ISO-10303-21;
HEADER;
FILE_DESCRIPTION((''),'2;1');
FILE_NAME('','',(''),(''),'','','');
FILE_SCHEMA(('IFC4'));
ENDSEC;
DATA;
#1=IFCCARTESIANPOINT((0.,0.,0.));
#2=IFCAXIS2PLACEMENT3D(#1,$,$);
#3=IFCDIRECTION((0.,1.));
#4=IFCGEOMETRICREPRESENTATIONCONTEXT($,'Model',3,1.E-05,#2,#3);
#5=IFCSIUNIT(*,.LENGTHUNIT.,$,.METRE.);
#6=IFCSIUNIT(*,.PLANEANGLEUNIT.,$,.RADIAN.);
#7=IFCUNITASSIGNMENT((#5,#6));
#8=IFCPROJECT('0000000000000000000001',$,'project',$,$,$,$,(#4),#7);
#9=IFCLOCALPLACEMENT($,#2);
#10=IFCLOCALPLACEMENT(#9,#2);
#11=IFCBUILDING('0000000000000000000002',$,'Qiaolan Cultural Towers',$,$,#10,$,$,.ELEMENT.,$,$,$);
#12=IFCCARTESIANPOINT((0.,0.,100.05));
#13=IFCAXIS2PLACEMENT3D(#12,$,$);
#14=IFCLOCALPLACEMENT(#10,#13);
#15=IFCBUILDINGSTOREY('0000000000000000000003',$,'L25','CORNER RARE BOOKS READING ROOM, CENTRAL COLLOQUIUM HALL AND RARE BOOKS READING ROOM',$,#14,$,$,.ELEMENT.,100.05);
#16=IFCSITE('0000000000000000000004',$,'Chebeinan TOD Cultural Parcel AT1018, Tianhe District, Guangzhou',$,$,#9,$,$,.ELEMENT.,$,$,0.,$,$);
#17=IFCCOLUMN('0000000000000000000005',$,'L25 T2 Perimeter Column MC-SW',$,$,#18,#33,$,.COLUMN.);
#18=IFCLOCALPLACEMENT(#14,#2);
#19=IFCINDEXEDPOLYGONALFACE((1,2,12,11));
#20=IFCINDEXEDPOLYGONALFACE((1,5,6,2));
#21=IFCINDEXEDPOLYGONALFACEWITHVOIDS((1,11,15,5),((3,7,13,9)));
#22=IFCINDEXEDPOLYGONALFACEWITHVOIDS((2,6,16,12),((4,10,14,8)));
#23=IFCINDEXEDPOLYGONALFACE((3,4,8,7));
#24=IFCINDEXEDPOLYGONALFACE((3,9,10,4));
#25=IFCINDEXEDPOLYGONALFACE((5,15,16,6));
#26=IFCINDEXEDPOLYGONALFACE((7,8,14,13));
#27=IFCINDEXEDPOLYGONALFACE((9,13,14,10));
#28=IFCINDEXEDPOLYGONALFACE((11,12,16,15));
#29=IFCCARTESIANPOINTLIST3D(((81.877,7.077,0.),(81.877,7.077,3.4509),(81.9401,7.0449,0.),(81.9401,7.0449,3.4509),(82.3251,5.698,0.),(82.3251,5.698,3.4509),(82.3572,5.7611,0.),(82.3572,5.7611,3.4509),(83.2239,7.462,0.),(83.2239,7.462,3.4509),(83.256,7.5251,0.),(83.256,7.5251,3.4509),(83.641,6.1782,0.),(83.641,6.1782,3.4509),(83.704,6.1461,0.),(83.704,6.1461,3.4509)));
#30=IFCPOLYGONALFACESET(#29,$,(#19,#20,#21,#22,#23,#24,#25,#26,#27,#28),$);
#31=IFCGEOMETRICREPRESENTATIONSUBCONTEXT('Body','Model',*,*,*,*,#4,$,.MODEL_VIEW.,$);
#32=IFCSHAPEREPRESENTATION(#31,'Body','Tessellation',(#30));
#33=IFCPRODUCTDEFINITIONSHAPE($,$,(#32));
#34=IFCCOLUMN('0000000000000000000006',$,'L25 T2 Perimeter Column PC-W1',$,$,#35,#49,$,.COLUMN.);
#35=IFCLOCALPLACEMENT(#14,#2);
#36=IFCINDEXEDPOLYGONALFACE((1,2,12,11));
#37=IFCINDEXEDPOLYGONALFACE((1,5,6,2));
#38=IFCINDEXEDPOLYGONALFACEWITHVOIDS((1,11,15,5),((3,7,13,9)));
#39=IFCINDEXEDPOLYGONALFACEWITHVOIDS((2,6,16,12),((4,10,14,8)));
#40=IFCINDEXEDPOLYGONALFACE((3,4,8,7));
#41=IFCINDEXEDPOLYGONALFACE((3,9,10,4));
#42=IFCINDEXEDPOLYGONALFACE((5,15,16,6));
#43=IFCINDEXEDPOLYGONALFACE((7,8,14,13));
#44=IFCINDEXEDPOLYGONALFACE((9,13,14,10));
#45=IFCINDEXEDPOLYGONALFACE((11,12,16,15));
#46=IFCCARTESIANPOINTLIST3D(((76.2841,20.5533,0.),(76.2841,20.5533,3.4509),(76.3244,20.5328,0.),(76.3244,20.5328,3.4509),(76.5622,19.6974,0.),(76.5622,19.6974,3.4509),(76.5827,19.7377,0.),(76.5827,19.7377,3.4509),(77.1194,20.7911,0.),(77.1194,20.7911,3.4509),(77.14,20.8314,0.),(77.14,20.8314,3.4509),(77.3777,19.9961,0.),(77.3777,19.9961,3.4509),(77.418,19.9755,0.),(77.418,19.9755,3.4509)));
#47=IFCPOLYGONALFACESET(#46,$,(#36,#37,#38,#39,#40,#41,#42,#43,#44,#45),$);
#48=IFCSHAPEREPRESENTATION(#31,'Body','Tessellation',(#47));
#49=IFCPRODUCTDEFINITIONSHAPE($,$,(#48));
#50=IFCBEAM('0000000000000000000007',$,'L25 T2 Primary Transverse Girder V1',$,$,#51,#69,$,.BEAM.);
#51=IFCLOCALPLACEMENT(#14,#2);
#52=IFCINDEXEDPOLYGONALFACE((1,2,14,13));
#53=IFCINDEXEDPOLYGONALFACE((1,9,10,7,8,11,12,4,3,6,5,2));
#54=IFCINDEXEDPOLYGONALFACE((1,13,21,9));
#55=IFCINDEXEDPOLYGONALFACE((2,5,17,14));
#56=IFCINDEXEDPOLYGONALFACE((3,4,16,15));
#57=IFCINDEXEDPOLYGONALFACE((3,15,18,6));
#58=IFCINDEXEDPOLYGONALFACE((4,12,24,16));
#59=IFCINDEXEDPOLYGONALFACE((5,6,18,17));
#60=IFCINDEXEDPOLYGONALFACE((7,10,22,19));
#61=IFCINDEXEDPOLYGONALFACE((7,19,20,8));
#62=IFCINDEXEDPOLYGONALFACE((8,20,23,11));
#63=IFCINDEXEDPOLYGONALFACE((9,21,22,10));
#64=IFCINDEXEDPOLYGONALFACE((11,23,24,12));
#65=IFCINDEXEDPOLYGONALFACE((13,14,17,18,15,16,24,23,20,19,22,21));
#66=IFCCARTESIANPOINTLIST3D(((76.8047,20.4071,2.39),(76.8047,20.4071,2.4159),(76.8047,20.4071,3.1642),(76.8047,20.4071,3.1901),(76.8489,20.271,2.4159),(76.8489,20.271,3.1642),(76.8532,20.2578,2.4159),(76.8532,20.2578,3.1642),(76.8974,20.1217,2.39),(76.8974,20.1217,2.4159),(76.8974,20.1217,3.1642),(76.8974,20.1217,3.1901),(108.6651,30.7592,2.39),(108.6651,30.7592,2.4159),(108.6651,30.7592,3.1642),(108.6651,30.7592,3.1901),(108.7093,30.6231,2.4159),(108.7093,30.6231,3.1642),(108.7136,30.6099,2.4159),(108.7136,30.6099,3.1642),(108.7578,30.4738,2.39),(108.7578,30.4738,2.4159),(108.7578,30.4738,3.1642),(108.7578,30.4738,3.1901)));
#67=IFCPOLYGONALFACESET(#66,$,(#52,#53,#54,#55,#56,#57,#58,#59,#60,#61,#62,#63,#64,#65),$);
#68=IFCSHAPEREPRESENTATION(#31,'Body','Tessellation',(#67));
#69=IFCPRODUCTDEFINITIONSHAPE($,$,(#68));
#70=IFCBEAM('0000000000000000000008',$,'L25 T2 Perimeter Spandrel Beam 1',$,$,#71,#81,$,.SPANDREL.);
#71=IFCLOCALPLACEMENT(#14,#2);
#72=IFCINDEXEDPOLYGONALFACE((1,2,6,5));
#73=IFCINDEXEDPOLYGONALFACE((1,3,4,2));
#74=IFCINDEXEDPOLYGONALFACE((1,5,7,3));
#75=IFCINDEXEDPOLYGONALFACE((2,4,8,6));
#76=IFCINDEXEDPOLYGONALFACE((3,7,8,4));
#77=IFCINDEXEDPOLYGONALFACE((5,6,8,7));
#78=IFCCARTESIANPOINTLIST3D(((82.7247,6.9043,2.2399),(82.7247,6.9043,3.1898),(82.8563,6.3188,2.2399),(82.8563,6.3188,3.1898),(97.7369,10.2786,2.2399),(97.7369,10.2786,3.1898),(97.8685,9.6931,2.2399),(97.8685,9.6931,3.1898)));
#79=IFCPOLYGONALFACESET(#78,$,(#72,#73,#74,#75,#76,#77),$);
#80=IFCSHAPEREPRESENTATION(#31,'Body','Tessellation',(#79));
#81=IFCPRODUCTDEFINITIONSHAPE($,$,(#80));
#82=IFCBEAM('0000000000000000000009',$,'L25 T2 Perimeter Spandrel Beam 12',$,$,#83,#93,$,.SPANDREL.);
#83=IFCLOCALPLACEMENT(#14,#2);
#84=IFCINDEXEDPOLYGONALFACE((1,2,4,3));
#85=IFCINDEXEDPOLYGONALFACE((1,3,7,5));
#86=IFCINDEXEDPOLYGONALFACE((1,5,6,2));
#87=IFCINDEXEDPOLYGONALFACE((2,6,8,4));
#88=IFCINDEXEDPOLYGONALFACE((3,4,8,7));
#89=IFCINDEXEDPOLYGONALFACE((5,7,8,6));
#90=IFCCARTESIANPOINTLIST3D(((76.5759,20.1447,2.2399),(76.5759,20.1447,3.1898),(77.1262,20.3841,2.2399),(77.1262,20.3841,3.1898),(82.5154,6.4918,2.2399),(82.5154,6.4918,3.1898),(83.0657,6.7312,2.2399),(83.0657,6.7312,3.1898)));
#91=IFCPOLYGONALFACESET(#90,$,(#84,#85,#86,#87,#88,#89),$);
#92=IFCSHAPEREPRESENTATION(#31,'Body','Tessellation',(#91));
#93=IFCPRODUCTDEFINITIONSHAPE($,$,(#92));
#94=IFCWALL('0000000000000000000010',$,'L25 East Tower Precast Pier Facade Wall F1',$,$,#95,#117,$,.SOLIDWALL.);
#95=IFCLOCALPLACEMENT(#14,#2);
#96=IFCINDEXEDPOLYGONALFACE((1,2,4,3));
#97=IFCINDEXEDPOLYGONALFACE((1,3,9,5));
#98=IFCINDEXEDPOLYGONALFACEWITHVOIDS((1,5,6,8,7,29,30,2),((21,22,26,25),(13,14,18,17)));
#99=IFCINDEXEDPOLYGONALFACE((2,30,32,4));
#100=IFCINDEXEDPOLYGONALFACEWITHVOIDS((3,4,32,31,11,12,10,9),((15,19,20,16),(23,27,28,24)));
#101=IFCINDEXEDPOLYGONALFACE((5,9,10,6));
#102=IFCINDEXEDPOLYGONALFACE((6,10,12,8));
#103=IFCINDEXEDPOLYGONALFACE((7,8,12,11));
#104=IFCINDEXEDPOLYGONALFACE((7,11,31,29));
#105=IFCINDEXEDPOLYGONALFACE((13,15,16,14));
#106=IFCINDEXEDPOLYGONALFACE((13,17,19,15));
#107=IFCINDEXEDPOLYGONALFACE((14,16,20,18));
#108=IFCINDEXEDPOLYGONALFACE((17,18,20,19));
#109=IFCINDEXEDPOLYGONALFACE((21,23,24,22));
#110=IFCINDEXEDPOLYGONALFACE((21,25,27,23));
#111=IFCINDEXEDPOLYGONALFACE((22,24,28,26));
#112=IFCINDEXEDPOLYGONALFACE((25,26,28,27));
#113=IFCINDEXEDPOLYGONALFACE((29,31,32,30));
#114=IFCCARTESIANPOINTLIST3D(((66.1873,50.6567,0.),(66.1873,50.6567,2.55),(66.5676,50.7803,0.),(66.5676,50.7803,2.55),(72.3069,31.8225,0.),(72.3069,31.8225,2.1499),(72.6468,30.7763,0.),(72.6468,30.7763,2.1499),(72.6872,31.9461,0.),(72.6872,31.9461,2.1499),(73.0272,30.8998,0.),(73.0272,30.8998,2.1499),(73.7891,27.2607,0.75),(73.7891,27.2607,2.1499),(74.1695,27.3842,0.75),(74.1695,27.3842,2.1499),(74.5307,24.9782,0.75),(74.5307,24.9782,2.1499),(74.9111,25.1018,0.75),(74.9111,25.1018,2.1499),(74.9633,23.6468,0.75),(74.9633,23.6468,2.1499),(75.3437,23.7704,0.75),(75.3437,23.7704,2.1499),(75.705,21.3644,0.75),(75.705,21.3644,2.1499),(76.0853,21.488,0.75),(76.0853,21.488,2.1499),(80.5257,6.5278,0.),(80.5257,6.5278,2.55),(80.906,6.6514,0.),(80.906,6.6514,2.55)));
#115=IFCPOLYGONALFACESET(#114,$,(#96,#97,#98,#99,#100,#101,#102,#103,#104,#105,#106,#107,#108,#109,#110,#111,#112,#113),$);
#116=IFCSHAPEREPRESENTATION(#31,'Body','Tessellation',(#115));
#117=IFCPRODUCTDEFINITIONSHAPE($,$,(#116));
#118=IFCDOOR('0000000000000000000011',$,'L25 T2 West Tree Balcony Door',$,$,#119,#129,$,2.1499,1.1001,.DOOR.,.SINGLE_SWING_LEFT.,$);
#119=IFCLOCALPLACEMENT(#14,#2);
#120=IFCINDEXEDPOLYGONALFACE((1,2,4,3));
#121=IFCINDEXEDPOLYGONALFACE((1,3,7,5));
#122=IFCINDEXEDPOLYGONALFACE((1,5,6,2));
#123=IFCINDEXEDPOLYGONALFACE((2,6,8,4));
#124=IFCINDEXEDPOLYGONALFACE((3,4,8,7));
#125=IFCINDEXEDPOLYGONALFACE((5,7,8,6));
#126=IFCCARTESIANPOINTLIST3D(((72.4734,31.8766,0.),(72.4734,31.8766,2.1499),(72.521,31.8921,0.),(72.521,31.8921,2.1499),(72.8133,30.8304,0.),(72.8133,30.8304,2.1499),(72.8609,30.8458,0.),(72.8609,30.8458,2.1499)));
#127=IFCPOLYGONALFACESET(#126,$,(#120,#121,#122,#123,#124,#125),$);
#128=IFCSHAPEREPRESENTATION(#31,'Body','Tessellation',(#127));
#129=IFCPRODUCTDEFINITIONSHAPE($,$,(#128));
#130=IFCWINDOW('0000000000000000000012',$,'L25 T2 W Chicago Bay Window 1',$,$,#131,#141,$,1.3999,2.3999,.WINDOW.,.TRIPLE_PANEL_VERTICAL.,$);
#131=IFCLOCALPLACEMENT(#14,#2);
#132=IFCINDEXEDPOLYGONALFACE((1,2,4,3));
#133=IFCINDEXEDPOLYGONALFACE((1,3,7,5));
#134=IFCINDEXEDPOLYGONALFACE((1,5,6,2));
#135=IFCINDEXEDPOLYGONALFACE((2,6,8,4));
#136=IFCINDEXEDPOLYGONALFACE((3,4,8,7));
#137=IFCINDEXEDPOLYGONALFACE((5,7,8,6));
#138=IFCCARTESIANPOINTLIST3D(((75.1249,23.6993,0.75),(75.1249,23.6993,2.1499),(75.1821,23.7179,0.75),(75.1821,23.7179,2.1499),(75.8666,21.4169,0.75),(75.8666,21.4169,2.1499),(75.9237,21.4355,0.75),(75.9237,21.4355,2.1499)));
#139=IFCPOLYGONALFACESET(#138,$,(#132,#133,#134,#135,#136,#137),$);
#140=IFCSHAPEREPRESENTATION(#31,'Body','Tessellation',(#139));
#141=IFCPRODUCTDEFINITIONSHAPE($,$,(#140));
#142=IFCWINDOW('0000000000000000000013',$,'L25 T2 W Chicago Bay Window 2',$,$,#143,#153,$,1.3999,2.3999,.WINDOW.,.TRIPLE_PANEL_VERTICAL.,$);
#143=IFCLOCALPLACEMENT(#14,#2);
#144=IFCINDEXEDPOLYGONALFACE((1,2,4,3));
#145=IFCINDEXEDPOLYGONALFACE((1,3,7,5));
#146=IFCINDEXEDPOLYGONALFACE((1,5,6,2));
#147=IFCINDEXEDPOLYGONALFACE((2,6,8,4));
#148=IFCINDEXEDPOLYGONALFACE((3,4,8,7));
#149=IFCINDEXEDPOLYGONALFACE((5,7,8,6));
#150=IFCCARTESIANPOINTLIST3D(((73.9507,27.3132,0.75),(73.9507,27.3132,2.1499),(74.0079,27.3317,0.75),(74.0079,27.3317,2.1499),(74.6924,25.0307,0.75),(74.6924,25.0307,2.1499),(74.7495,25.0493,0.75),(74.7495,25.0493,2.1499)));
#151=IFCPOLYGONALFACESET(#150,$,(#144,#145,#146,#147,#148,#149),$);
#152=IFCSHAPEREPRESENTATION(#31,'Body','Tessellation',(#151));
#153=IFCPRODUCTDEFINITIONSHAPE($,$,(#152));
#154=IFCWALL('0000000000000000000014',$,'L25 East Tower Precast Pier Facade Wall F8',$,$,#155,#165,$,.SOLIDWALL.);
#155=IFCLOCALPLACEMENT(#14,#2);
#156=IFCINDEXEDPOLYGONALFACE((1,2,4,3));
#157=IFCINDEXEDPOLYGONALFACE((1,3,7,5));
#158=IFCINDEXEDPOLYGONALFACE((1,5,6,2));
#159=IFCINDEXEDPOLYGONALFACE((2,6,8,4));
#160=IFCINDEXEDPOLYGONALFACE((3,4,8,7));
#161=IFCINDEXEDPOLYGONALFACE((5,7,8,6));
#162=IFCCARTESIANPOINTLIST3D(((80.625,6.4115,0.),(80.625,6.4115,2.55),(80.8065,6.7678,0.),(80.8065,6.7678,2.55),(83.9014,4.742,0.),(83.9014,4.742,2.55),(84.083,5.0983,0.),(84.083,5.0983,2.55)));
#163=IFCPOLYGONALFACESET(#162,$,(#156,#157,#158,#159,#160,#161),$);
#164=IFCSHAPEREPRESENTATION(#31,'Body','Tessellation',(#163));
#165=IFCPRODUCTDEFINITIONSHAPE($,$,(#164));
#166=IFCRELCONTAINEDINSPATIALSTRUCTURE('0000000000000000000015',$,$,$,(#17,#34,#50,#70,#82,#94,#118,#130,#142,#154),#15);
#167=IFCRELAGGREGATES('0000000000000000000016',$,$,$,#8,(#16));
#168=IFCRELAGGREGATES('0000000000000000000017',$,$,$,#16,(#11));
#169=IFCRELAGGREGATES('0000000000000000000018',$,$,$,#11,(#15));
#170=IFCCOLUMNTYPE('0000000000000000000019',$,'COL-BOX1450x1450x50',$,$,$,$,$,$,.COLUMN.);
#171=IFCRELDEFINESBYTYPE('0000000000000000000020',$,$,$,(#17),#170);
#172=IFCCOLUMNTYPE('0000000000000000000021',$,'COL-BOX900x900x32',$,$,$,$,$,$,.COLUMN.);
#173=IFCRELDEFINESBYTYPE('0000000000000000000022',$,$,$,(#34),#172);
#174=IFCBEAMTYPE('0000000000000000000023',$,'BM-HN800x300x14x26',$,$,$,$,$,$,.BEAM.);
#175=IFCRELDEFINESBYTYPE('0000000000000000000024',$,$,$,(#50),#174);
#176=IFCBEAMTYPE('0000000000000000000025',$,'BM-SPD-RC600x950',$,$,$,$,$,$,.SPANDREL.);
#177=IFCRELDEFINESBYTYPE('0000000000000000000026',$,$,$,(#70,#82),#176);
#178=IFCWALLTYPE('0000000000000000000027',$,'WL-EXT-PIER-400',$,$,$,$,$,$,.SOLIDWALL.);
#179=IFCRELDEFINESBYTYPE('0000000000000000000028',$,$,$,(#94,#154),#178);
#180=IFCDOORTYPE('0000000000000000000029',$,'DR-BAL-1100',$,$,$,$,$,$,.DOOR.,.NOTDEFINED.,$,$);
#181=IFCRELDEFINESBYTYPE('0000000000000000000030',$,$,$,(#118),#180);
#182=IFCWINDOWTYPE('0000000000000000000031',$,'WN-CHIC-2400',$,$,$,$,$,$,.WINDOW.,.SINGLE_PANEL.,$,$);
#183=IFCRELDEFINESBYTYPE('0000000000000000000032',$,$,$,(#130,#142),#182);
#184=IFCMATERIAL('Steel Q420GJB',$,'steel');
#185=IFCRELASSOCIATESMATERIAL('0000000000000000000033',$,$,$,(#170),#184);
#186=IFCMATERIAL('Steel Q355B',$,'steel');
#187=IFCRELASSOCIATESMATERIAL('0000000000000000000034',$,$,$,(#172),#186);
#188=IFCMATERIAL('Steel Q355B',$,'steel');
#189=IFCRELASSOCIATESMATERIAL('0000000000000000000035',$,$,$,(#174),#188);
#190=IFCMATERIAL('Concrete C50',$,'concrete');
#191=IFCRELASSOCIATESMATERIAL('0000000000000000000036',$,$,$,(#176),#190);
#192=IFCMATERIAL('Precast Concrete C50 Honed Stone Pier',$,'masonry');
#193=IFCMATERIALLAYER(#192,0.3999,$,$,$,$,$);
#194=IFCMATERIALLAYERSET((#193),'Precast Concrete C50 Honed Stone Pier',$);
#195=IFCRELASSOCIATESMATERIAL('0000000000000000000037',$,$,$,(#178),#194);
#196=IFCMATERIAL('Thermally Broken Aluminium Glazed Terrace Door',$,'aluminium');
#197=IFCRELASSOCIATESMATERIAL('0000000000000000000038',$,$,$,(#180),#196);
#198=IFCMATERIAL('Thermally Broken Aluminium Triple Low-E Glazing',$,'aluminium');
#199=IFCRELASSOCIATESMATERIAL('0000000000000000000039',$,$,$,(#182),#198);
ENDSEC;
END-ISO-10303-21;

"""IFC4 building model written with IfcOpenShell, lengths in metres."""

from ifc_helpers import new_model, si_unit, direction, frame, frame_2d, origin, origin_2d, place, context, subcontext, project, spatial, rectangle, hollow_rectangle, i_section, extrude, material, layer, layer_set, material_profile, profile_set, type_object, element, fill, save


model = new_model("IFC4")

# Units and contexts
model_context = context("Model", 3, precision=1e-05, world=origin(), true_north=direction((0.0, 1.0)))
body_context = subcontext(model_context, "Body", "Model", "MODEL_VIEW")
ifc_project = project(units=[si_unit("LENGTHUNIT", "METRE"), si_unit("PLANEANGLEUNIT", "RADIAN")], contexts=[model_context])

# Site, building, storey
site_placement = place(None, origin())
site = spatial("IfcSite", under=ifc_project, at=site_placement, Name="Chebeinan TOD Cultural Parcel AT1018, Tianhe District, Guangzhou", CompositionType="ELEMENT", RefElevation=0.0)
building_placement = place(site_placement, origin())
building = spatial("IfcBuilding", under=site, at=building_placement, Name="Qiaolan Cultural Towers", CompositionType="ELEMENT")
storey_placement = place(building_placement, frame((0.0, 0.0, 100.05)))
storey = spatial("IfcBuildingStorey", under=building, at=storey_placement, Name="L25", Description="CORNER RARE BOOKS READING ROOM, CENTRAL COLLOQUIUM HALL AND RARE BOOKS READING ROOM", CompositionType="ELEMENT", Elevation=100.05)

# Columns
ifc_material_1 = material(Name="Steel Q420GJB", Category="steel")
ifc_material_profile_1 = material_profile(ifc_material_1, hollow_rectangle(XDim=1.45, YDim=1.45, WallThickness=0.05, at=origin_2d()), Name="BOX1450x1450x50")
ifc_profile_set_1 = profile_set([ifc_material_profile_1], Name="Steel Q420GJB")
column_type_1 = type_object("IfcColumnType", Name="COL-BOX1450x1450x50", PredefinedType="COLUMN", material=ifc_profile_set_1)
column_1_placement = place(storey_placement, frame((82.7905, 6.6116, 0.0), z_axis=(0.0, 0.0, 1.0), x_axis=(0.951057, 0.309017, 0.0)))
element("IfcColumn", 1, at=column_1_placement, inside=storey, type_object=column_type_1, Name="L25 T2 Perimeter Column MC-SW", PredefinedType="COLUMN", context=body_context, shape_type="SweptSolid", body=[
    extrude(hollow_rectangle(XDim=1.45, YDim=1.45, WallThickness=0.05, at=origin_2d()), origin(), (0.0, 0.0, 1.0), 3.4509),
])
ifc_material_2 = material(Name="Steel Q355B", Category="steel")
ifc_material_profile_2 = material_profile(ifc_material_2, hollow_rectangle(XDim=0.8999, YDim=0.8999, WallThickness=0.032, at=origin_2d()), Name="BOX900x900x32")
ifc_profile_set_2 = profile_set([ifc_material_profile_2], Name="Steel Q355B")
column_type_2 = type_object("IfcColumnType", Name="COL-BOX900x900x32", PredefinedType="COLUMN", material=ifc_profile_set_2)
column_2_placement = place(storey_placement, frame((76.8511, 20.2644, 0.0), z_axis=(0.0, 0.0, 1.0), x_axis=(0.951057, 0.309017, 0.0)))
element("IfcColumn", 2, at=column_2_placement, inside=storey, type_object=column_type_2, Name="L25 T2 Perimeter Column PC-W1", PredefinedType="COLUMN", context=body_context, shape_type="SweptSolid", body=[
    extrude(hollow_rectangle(XDim=0.8999, YDim=0.8999, WallThickness=0.032, at=origin_2d()), origin(), (0.0, 0.0, 1.0), 3.4509),
])

# Beams
ifc_material_3 = material(Name="Steel Q355B", Category="steel")
ifc_material_profile_3 = material_profile(ifc_material_3, i_section(OverallWidth=0.3, OverallDepth=0.8, WebThickness=0.0139, FlangeThickness=0.0259, at=origin_2d()), Name="HN800x300x14x26")
ifc_profile_set_3 = profile_set([ifc_material_profile_3], Name="Steel Q355B")
beam_type_1 = type_object("IfcBeamType", Name="BM-HN800x300x14x26", PredefinedType="BEAM", material=ifc_profile_set_3)
beam_1_placement = place(storey_placement, frame((76.8511, 20.2644, 2.79), z_axis=(0.951057, 0.309017, 0.0), x_axis=(-0.309017, 0.951057, 0.0)))
element("IfcBeam", 3, at=beam_1_placement, inside=storey, type_object=beam_type_1, Name="L25 T2 Primary Transverse Girder V1", PredefinedType="BEAM", context=body_context, shape_type="SweptSolid", body=[
    extrude(i_section(OverallWidth=0.3, OverallDepth=0.8, WebThickness=0.0139, FlangeThickness=0.0259, at=origin_2d()), origin(), (0.0, 0.0, 1.0), 33.5),
])
ifc_material_4 = material(Name="Concrete C50", Category="concrete")
ifc_material_profile_4 = material_profile(ifc_material_4, rectangle(XDim=0.6001, YDim=0.95, at=origin_2d()), Name="RC600x950")
ifc_profile_set_4 = profile_set([ifc_material_profile_4], Name="Concrete C50")
beam_type_2 = type_object("IfcBeamType", Name="BM-SPD-RC600x950", PredefinedType="SPANDREL", material=ifc_profile_set_4)
beam_2_placement = place(storey_placement, frame((82.7905, 6.6116, 2.7148), z_axis=(0.975658, 0.219297, 0.0), x_axis=(-0.219297, 0.975658, 0.0)))
element("IfcBeam", 4, at=beam_2_placement, inside=storey, type_object=beam_type_2, Name="L25 T2 Perimeter Spandrel Beam 1", PredefinedType="SPANDREL", context=body_context, shape_type="SweptSolid", body=[
    extrude(rectangle(XDim=0.6001, YDim=0.95, at=origin_2d()), origin(), (0.0, 0.0, 1.0), 15.3867),
])
beam_3_placement = place(storey_placement, frame((76.8511, 20.2644, 2.7148), z_axis=(0.39892, -0.916986, 0.0), x_axis=(0.916986, 0.39892, 0.0)))
element("IfcBeam", 5, at=beam_3_placement, inside=storey, type_object=beam_type_2, Name="L25 T2 Perimeter Spandrel Beam 12", PredefinedType="SPANDREL", context=body_context, shape_type="SweptSolid", body=[
    extrude(rectangle(XDim=0.6001, YDim=0.95, at=origin_2d()), origin(), (0.0, 0.0, 1.0), 14.8889),
])

# Wall, openings, door, windows
ifc_material_5 = material(Name="Precast Concrete C50 Honed Stone Pier", Category="masonry")
ifc_layer_1 = layer(ifc_material_5, 0.3999)
ifc_layer_set_1 = layer_set([ifc_layer_1], Name="Precast Concrete C50 Honed Stone Pier")
wall_type_1 = type_object("IfcWallType", Name="WL-EXT-PIER-400", PredefinedType="SOLIDWALL", material=ifc_layer_set_1)
wall_1_placement = place(storey_placement, frame((80.7158, 6.5896, 0.0), z_axis=(0.0, 0.0, 1.0), x_axis=(-0.309018, 0.951056, 0.0)))
wall_1 = element("IfcWall", 6, at=wall_1_placement, inside=storey, type_object=wall_type_1, Name="L25 East Tower Precast Pier Facade Wall F1", PredefinedType="SOLIDWALL", context=body_context, shape_type="SweptSolid", body=[
    extrude(rectangle(XDim=46.3999, YDim=0.3999, at=frame_2d((23.2, 0.0))), origin(), (0.0, 0.0, 1.0), 2.55),
])
opening_1_placement = place(wall_1_placement, frame((15.6001, 0.0, 0.75)))
opening_1 = element("IfcOpeningElement", 7, at=opening_1_placement, cuts=wall_1, PredefinedType="OPENING", context=body_context, shape_type="SweptSolid", body=[
    extrude(rectangle(XDim=2.3999, YDim=1.3999, at=frame_2d((1.2, 0.7))), frame((0.0, 0.21, 0.0), z_axis=(0.0, -1.0, 0.0), x_axis=(1.0, 0.0, 0.0)), (0.0, 0.0, 1.0), 0.4199),
])
opening_2_placement = place(wall_1_placement, frame((19.3999, 0.0, 0.75)))
opening_2 = element("IfcOpeningElement", 8, at=opening_2_placement, cuts=wall_1, PredefinedType="OPENING", context=body_context, shape_type="SweptSolid", body=[
    extrude(rectangle(XDim=2.3999, YDim=1.3999, at=frame_2d((1.2, 0.7))), frame((0.0, 0.21, 0.0), z_axis=(0.0, -1.0, 0.0), x_axis=(1.0, 0.0, 0.0)), (0.0, 0.0, 1.0), 0.4199),
])
opening_3_placement = place(wall_1_placement, frame((25.4963, 0.0, 0.0)))
opening_3 = element("IfcOpeningElement", 9, at=opening_3_placement, cuts=wall_1, PredefinedType="OPENING", context=body_context, shape_type="SweptSolid", body=[
    extrude(rectangle(XDim=1.1001, YDim=2.1499, at=frame_2d((0.55, 1.075))), frame((0.0, 0.21, 0.0), z_axis=(0.0, -1.0, 0.0), x_axis=(1.0, 0.0, 0.0)), (0.0, 0.0, 1.0), 0.4199),
])
ifc_material_6 = material(Name="Thermally Broken Aluminium Glazed Terrace Door", Category="aluminium")
door_type_1 = type_object("IfcDoorType", Name="DR-BAL-1100", OperationType="NOTDEFINED", PredefinedType="DOOR", material=ifc_material_6)
door_1_placement = place(opening_3_placement, origin())
door_1 = element("IfcDoor", 10, at=door_1_placement, inside=storey, type_object=door_type_1, Name="L25 T2 West Tree Balcony Door", OperationType="SINGLE_SWING_LEFT", OverallHeight=2.1499, OverallWidth=1.1001, PredefinedType="DOOR", context=body_context, shape_type="SweptSolid", body=[
    extrude(rectangle(XDim=1.1001, YDim=2.1499, at=frame_2d((0.55, 1.075))), frame((0.0, 0.0249, 0.0), z_axis=(0.0, -1.0, 0.0), x_axis=(1.0, 0.0, 0.0)), (0.0, 0.0, 1.0), 0.05),
])
fill(opening_3, door_1)
ifc_material_7 = material(Name="Thermally Broken Aluminium Triple Low-E Glazing", Category="aluminium")
window_type = type_object("IfcWindowType", Name="WN-CHIC-2400", PartitioningType="SINGLE_PANEL", PredefinedType="WINDOW", material=ifc_material_7)
window_1_placement = place(opening_1_placement, origin())
window_1 = element("IfcWindow", 11, at=window_1_placement, inside=storey, type_object=window_type, Name="L25 T2 W Chicago Bay Window 1", OverallHeight=1.3999, OverallWidth=2.3999, PartitioningType="TRIPLE_PANEL_VERTICAL", PredefinedType="WINDOW", context=body_context, shape_type="SweptSolid", body=[
    extrude(rectangle(XDim=2.3999, YDim=1.3999, at=frame_2d((1.2, 0.7))), frame((0.0, 0.03, 0.0), z_axis=(0.0, -1.0, 0.0), x_axis=(1.0, 0.0, 0.0)), (0.0, 0.0, 1.0), 0.0601),
])
fill(opening_1, window_1)
window_2_placement = place(opening_2_placement, origin())
window_2 = element("IfcWindow", 12, at=window_2_placement, inside=storey, type_object=window_type, Name="L25 T2 W Chicago Bay Window 2", OverallHeight=1.3999, OverallWidth=2.3999, PartitioningType="TRIPLE_PANEL_VERTICAL", PredefinedType="WINDOW", context=body_context, shape_type="SweptSolid", body=[
    extrude(rectangle(XDim=2.3999, YDim=1.3999, at=frame_2d((1.2, 0.7))), frame((0.0, 0.03, 0.0), z_axis=(0.0, -1.0, 0.0), x_axis=(1.0, 0.0, 0.0)), (0.0, 0.0, 1.0), 0.0601),
])
fill(opening_2, window_2)

# Wall
wall_2_placement = place(storey_placement, frame((83.9922, 4.9202, 0.0), z_axis=(0.0, 0.0, 1.0), x_axis=(-0.891002, 0.453999, 0.0)))
element("IfcWall", 13, at=wall_2_placement, inside=storey, type_object=wall_type_1, Name="L25 East Tower Precast Pier Facade Wall F8", PredefinedType="SOLIDWALL", context=body_context, shape_type="SweptSolid", body=[
    extrude(rectangle(XDim=3.6772, YDim=0.3999, at=frame_2d((1.8386, 0.0))), origin(), (0.0, 0.0, 1.0), 2.55),
])

save(model, "model.ifc")
